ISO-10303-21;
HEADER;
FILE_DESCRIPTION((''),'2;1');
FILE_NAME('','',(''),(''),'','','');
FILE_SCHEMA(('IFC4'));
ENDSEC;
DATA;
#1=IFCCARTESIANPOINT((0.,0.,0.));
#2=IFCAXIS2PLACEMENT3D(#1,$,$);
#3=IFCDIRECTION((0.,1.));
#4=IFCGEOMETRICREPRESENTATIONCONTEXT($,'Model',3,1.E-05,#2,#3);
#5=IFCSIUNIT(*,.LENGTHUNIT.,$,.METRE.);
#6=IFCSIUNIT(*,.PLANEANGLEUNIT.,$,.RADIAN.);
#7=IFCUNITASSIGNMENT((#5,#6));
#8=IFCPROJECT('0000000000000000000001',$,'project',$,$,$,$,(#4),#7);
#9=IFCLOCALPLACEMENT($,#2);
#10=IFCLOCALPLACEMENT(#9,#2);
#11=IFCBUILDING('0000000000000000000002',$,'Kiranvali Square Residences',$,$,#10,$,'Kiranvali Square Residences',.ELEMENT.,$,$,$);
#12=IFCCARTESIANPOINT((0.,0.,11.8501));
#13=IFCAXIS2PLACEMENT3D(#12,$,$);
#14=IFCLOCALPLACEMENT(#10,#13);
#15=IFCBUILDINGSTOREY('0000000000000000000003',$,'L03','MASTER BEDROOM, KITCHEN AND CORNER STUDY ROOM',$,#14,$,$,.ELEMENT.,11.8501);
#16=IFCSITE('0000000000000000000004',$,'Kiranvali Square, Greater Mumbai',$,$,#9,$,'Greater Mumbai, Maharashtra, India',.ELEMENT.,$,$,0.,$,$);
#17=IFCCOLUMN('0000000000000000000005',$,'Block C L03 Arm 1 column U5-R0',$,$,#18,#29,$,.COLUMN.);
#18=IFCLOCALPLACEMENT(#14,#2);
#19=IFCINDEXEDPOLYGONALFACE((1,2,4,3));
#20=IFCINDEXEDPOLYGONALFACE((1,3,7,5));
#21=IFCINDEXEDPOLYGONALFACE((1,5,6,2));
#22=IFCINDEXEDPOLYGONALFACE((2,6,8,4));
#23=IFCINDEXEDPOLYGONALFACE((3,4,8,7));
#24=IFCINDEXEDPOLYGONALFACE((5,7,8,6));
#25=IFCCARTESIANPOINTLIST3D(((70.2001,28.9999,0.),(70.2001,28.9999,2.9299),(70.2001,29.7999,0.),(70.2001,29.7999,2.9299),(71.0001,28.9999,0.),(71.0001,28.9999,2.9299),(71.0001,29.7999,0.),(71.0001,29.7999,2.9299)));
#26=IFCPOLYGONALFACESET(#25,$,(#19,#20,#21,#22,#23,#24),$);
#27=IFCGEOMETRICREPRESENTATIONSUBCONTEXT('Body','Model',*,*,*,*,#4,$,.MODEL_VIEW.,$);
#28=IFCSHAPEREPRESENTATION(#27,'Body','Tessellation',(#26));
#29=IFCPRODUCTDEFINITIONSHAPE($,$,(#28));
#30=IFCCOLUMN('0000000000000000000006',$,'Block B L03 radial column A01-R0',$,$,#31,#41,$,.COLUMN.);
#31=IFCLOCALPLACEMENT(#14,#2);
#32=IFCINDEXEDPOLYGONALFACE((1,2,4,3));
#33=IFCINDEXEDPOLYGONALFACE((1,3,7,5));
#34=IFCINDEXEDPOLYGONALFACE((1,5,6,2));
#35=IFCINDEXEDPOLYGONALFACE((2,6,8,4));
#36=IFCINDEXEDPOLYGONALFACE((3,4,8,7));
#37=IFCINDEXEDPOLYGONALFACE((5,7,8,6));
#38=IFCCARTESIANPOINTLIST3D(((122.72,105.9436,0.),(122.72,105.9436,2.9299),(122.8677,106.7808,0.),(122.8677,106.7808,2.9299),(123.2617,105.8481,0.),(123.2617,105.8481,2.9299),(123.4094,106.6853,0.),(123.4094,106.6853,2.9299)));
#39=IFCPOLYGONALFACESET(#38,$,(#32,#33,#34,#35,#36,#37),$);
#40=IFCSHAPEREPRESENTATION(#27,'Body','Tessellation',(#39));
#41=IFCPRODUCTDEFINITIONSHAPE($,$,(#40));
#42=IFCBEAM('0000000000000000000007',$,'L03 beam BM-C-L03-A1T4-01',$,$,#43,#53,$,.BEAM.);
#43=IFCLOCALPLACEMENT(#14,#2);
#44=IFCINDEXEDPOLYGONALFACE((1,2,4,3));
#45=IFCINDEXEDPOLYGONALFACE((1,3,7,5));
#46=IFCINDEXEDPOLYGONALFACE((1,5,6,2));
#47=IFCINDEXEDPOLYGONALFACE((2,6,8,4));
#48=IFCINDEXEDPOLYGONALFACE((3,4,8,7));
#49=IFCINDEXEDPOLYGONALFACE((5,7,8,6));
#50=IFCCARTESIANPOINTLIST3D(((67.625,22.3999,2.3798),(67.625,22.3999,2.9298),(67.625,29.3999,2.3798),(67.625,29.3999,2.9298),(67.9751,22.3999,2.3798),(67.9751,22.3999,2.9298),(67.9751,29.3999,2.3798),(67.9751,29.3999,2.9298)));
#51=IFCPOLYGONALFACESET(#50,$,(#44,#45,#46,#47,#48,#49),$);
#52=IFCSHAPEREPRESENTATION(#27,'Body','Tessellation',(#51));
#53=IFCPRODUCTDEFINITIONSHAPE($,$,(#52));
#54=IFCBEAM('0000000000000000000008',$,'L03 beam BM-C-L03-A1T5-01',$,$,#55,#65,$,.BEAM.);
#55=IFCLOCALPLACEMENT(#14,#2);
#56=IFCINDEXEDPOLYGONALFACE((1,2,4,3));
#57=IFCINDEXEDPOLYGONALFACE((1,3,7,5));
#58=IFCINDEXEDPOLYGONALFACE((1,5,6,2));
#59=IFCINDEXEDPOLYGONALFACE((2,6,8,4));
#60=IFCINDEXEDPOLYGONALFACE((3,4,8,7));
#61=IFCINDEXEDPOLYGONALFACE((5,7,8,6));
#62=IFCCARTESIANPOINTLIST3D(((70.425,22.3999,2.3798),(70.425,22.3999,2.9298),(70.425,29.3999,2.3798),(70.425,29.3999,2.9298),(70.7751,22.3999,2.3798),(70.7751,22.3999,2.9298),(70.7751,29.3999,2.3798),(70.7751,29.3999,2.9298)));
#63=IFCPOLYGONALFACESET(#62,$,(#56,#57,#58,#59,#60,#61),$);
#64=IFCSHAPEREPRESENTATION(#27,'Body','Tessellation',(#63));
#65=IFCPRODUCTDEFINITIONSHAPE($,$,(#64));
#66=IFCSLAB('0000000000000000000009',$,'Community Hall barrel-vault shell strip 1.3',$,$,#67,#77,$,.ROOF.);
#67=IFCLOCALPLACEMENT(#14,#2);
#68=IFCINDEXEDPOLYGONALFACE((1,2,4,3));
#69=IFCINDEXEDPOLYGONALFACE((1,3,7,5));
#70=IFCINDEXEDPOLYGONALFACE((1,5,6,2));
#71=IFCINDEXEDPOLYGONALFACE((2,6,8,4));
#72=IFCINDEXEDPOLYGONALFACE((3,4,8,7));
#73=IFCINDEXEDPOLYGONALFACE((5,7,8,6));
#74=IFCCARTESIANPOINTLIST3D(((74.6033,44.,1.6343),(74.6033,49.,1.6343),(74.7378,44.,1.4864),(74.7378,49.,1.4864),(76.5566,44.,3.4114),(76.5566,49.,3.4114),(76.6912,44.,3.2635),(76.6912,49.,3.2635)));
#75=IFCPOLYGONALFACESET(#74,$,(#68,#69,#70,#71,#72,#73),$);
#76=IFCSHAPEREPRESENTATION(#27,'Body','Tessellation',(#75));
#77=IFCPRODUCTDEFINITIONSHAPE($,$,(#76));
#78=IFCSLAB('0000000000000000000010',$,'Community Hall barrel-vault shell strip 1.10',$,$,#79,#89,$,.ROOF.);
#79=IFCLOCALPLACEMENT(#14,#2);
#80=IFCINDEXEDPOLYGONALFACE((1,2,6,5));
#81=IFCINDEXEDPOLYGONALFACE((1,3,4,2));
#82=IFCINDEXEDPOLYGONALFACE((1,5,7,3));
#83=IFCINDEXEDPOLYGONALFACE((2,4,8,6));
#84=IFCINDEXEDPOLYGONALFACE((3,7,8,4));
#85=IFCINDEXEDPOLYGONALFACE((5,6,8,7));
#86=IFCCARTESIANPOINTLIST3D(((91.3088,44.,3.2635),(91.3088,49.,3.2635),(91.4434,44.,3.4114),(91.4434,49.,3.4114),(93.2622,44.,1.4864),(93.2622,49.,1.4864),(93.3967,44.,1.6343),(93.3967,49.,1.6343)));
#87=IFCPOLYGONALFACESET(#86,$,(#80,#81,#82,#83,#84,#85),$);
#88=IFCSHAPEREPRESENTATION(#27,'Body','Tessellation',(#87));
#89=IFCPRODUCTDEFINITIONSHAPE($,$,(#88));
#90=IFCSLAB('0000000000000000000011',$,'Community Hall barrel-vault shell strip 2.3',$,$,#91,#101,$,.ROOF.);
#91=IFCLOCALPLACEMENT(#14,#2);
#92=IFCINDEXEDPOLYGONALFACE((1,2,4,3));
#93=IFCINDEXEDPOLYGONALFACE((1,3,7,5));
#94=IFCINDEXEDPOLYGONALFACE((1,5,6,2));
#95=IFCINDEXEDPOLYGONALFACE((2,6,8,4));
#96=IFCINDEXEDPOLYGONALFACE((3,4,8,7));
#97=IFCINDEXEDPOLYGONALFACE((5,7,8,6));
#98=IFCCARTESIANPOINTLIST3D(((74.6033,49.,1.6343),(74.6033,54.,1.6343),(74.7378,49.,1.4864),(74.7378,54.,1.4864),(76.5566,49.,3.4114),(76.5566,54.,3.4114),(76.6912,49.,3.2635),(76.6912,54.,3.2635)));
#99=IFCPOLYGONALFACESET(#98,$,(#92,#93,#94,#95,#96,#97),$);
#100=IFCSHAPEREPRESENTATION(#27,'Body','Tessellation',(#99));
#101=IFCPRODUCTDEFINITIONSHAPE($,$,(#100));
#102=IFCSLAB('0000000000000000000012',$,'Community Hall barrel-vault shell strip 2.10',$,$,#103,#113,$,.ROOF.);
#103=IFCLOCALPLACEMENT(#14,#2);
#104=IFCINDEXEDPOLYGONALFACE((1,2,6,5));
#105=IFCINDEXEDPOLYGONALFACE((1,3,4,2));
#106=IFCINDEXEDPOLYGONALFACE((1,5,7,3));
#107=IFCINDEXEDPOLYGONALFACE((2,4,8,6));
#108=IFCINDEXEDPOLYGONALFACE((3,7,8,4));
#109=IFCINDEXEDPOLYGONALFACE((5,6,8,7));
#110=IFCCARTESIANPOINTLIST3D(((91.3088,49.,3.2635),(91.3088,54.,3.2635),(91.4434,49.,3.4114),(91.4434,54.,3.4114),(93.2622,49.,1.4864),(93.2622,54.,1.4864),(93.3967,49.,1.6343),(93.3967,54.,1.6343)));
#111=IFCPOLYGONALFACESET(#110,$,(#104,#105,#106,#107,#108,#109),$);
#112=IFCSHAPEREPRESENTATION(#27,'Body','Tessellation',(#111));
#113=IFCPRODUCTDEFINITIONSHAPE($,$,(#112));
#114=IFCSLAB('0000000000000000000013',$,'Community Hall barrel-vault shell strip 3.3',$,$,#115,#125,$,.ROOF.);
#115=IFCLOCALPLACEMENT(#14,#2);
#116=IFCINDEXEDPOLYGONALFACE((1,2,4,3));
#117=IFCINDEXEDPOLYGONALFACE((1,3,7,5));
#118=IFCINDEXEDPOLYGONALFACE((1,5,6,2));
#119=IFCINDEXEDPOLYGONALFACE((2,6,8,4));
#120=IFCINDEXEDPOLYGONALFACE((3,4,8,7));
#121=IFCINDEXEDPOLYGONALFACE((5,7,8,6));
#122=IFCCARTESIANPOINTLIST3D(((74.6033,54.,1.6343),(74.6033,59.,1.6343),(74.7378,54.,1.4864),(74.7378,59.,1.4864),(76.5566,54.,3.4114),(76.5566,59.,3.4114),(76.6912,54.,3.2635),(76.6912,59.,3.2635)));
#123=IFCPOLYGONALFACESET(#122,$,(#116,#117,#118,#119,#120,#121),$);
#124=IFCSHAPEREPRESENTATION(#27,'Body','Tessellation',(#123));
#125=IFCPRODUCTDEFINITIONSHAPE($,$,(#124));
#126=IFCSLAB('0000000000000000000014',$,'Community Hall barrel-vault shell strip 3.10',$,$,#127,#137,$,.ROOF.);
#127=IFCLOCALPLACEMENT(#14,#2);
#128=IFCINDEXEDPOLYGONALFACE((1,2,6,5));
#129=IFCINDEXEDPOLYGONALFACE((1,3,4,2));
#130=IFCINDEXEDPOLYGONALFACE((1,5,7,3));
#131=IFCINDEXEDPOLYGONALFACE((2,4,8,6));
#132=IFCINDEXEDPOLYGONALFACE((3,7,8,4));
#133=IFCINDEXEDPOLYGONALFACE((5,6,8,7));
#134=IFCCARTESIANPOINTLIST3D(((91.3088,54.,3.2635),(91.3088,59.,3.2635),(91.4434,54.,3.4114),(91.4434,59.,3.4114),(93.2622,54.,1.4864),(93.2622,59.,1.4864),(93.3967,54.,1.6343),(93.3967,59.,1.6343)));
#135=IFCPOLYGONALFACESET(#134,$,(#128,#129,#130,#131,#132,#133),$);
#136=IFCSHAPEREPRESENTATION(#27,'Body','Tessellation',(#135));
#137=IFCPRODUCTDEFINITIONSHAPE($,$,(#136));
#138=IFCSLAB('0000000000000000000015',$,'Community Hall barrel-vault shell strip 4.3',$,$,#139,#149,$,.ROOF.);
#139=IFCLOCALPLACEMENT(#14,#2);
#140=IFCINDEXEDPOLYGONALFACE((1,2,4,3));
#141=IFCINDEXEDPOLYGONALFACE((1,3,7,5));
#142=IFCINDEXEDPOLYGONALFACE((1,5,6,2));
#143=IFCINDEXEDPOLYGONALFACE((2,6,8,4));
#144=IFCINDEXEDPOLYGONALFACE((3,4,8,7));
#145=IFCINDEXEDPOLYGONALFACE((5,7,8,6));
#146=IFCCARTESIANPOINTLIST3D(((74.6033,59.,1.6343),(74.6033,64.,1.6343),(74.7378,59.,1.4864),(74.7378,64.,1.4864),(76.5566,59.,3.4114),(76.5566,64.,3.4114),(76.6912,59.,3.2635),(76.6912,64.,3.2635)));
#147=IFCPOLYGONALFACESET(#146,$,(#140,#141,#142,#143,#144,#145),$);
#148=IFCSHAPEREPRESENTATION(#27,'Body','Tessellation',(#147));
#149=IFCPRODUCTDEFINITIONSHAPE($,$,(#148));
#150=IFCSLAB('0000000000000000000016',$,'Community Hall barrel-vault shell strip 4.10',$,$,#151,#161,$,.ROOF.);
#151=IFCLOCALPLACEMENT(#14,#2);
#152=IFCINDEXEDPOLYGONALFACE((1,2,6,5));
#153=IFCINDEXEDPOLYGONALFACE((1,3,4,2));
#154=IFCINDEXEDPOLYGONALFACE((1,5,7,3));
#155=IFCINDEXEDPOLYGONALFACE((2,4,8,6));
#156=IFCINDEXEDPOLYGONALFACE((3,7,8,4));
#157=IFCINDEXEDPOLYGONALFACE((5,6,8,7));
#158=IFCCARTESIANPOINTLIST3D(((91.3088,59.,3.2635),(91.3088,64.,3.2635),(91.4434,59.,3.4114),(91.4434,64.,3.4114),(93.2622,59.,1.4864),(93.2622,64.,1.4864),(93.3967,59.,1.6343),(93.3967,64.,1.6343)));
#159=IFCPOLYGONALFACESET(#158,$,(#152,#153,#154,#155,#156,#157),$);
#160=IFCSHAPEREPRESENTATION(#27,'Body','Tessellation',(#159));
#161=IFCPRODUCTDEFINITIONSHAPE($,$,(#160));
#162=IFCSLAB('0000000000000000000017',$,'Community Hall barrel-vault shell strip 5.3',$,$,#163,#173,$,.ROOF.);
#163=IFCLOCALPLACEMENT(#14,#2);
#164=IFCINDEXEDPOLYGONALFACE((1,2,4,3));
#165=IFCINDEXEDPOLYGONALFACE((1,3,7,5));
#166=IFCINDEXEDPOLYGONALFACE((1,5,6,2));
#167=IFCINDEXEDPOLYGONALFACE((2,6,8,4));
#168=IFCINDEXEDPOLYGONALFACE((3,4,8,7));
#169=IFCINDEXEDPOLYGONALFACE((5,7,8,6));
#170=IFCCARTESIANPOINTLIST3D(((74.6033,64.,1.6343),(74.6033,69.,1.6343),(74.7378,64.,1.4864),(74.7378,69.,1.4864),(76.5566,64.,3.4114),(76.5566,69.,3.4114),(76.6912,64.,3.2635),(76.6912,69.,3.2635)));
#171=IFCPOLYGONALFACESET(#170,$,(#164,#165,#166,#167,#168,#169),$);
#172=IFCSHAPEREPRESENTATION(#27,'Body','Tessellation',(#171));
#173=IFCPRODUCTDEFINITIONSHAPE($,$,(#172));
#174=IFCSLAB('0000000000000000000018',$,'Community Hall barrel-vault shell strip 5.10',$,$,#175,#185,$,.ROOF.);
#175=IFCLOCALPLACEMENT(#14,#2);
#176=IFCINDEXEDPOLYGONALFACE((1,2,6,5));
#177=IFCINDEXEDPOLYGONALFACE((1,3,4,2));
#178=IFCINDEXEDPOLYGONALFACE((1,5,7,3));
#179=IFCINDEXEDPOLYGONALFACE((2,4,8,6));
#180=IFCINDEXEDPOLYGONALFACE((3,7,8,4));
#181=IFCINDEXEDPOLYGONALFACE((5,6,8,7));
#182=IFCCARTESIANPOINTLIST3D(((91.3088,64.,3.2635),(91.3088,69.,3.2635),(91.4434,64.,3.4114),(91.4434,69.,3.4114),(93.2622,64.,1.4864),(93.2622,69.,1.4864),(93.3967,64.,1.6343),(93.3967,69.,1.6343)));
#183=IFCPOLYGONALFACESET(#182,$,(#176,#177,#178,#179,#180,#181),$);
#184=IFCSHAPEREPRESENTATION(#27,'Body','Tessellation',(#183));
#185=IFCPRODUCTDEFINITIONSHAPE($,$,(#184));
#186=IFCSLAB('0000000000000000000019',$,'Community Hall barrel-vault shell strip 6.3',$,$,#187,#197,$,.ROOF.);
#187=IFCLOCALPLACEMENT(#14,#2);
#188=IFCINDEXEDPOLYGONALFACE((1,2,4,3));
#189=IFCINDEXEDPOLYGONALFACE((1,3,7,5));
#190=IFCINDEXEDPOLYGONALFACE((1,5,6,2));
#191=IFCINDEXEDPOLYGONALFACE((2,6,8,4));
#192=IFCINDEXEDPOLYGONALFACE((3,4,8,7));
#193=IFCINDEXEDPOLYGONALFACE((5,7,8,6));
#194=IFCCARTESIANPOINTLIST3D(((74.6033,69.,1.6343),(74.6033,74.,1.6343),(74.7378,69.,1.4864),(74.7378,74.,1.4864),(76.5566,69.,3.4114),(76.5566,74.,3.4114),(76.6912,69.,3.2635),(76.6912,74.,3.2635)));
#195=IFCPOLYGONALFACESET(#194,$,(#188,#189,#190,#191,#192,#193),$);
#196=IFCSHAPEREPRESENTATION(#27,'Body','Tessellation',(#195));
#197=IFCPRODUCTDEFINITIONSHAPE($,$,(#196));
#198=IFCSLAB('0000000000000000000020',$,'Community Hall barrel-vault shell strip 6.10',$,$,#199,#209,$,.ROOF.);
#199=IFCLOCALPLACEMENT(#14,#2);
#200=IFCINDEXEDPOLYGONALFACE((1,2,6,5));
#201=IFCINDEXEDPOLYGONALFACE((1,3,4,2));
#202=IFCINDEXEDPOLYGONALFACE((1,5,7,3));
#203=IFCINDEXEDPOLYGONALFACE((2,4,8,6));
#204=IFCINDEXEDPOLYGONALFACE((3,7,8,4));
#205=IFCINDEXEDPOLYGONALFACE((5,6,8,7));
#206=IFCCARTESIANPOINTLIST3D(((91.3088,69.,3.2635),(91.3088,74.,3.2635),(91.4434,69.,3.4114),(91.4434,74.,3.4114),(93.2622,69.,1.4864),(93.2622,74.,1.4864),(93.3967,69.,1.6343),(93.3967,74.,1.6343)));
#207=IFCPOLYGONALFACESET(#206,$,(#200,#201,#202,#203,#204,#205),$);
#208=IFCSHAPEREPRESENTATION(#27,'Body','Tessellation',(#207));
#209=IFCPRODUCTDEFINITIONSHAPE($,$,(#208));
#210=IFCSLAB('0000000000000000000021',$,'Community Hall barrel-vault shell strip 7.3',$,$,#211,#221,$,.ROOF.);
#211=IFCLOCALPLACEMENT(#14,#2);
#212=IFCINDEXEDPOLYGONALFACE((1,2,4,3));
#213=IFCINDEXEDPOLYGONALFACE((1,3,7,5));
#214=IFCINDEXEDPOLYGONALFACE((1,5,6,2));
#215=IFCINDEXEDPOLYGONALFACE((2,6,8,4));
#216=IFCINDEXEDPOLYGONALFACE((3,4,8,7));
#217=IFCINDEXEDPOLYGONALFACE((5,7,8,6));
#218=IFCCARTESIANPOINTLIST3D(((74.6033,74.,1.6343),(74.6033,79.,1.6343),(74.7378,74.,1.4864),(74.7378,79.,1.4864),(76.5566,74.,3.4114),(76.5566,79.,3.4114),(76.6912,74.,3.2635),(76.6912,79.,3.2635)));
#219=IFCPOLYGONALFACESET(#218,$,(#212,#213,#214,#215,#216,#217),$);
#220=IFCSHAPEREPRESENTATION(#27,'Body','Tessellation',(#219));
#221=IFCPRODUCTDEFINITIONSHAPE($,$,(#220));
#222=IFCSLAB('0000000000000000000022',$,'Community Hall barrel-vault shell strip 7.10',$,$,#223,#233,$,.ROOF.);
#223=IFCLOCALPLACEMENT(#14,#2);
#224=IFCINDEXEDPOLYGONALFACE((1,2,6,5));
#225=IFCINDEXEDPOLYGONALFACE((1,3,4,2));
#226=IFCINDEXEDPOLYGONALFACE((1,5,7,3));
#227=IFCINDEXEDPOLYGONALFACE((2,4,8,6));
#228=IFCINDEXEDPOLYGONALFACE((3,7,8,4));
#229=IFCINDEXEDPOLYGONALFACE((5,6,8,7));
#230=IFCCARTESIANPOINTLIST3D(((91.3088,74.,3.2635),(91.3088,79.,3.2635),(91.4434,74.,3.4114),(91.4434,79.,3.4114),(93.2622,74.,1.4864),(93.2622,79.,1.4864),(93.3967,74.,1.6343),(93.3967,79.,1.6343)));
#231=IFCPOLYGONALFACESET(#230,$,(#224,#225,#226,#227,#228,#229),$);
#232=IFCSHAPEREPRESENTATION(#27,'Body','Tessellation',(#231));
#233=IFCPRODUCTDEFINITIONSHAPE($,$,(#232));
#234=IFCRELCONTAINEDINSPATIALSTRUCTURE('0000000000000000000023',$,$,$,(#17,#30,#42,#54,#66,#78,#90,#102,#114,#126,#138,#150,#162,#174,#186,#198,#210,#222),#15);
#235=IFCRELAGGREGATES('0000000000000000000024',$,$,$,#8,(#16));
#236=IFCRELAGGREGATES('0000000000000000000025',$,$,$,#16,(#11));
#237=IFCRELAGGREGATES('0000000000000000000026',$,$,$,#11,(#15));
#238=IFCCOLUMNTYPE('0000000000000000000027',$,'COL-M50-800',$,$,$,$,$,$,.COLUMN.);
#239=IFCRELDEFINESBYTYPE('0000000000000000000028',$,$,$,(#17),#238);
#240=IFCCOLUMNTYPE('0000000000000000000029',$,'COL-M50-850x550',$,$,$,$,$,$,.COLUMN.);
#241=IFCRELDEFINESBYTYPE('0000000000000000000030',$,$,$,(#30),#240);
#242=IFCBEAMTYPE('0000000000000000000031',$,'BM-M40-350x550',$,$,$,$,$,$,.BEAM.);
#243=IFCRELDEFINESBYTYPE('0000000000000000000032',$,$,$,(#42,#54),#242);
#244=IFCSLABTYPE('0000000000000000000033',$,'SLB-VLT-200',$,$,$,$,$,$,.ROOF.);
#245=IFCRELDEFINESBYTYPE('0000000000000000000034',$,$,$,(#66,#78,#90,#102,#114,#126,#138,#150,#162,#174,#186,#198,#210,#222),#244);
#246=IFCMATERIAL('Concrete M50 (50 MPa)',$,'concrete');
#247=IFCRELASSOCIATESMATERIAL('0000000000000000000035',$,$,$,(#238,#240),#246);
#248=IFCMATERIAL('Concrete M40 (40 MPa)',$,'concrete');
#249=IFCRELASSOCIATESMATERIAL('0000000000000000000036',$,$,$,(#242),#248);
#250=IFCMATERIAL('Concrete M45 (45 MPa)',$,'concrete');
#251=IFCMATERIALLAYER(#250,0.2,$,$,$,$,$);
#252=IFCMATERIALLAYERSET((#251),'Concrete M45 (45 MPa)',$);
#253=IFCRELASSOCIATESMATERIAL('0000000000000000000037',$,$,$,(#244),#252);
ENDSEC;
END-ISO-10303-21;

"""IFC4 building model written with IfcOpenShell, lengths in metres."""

from ifc_helpers import new_model, si_unit, direction, frame, origin, origin_2d, place, context, subcontext, project, spatial, polyline, rectangle, outline, extrude, material, layer, layer_set, material_profile, profile_set, type_object, element, save


model = new_model("IFC4")

# Units and contexts
model_context = context("Model", 3, precision=1e-05, world=origin(), true_north=direction((0.0, 1.0)))
body_context = subcontext(model_context, "Body", "Model", "MODEL_VIEW")
ifc_project = project(units=[si_unit("LENGTHUNIT", "METRE"), si_unit("PLANEANGLEUNIT", "RADIAN")], contexts=[model_context])

# Site, building, storey
site_placement = place(None, origin())
site = spatial("IfcSite", under=ifc_project, at=site_placement, Name="Kiranvali Square, Greater Mumbai", LongName="Greater Mumbai, Maharashtra, India", CompositionType="ELEMENT", RefElevation=0.0)
building_placement = place(site_placement, origin())
building = spatial("IfcBuilding", under=site, at=building_placement, Name="Kiranvali Square Residences", LongName="Kiranvali Square Residences", CompositionType="ELEMENT")
storey_placement = place(building_placement, frame((0.0, 0.0, 11.8501)))
storey = spatial("IfcBuildingStorey", under=building, at=storey_placement, Name="L03", Description="MASTER BEDROOM, KITCHEN AND CORNER STUDY ROOM", CompositionType="ELEMENT", Elevation=11.8501)

# Columns
ifc_material_1 = material(Name="Concrete M50 (50 MPa)", Category="concrete")
ifc_material_profile_1 = material_profile(ifc_material_1, rectangle(XDim=0.8, YDim=0.8, at=origin_2d()), Name="RC 800x800")
ifc_profile_set_1 = profile_set([ifc_material_profile_1], Name="Concrete M50 (50 MPa)")
column_type_1 = type_object("IfcColumnType", Name="COL-M50-800", PredefinedType="COLUMN", material=ifc_profile_set_1)
column_1_placement = place(storey_placement, frame((70.6001, 29.3999, 0.0), z_axis=(0.0, 0.0, 1.0), x_axis=(1.0, 0.0, 0.0)))
element("IfcColumn", 1, at=column_1_placement, inside=storey, type_object=column_type_1, Name="Block C L03 Arm 1 column U5-R0", PredefinedType="COLUMN", context=body_context, shape_type="SweptSolid", body=[
    extrude(rectangle(XDim=0.8, YDim=0.8, at=origin_2d()), origin(), (0.0, 0.0, 1.0), 2.9299),
])
ifc_material_profile_2 = material_profile(ifc_material_1, rectangle(XDim=0.55, YDim=0.8501, at=origin_2d()), Name="RC 850x550")
ifc_profile_set_2 = profile_set([ifc_material_profile_2], Name="Concrete M50 (50 MPa)")
column_type_2 = type_object("IfcColumnType", Name="COL-M50-850x550", PredefinedType="COLUMN", material=ifc_profile_set_2)
column_2_placement = place(storey_placement, frame((123.0647, 106.3145, 0.0), z_axis=(0.0, 0.0, 1.0), x_axis=(-0.984808, 0.173648, 0.0)))
element("IfcColumn", 2, at=column_2_placement, inside=storey, type_object=column_type_2, Name="Block B L03 radial column A01-R0", PredefinedType="COLUMN", context=body_context, shape_type="SweptSolid", body=[
    extrude(rectangle(XDim=0.55, YDim=0.8501, at=origin_2d()), origin(), (0.0, 0.0, 1.0), 2.9299),
])

# Beams
ifc_material_2 = material(Name="Concrete M40 (40 MPa)", Category="concrete")
ifc_material_profile_3 = material_profile(ifc_material_2, rectangle(XDim=0.3501, YDim=0.55, at=origin_2d()), Name="RC 350x550")
ifc_profile_set_3 = profile_set([ifc_material_profile_3], Name="Concrete M40 (40 MPa)")
beam_type = type_object("IfcBeamType", Name="BM-M40-350x550", PredefinedType="BEAM", material=ifc_profile_set_3)
for number, where, z_axis, x_axis, name in (
    (3, (67.8, 29.3999, 2.6548), (0.0, -1.0, 0.0), (1.0, 0.0, 0.0), "L03 beam BM-C-L03-A1T4-01"),
    (4, (70.6001, 29.3999, 2.6548), (0.0, -1.0, 0.0), (1.0, 0.0, 0.0), "L03 beam BM-C-L03-A1T5-01"),
):
    element("IfcBeam", number, at=place(storey_placement, frame(where, z_axis=z_axis, x_axis=x_axis)), inside=storey, type_object=beam_type, Name=name, PredefinedType="BEAM", context=body_context, shape_type="SweptSolid", body=[
        extrude(rectangle(XDim=0.3501, YDim=0.55, at=origin_2d()), origin(), (0.0, 0.0, 1.0), 7.0),
    ])

# Slabs
ifc_material_3 = material(Name="Concrete M45 (45 MPa)", Category="concrete")
ifc_layer = layer(ifc_material_3, 0.2)
ifc_layer_set = layer_set([ifc_layer], Name="Concrete M45 (45 MPa)")
slab_type = type_object("IfcSlabType", Name="SLB-VLT-200", PredefinedType="ROOF", material=ifc_layer_set)
for number, where, z_axis, x_axis, name in (
    (5, (74.6033, 44.0, 1.6343), (-0.672944, 0.0, 0.739693), (0.739693, 0.0, 0.672944), "Community Hall barrel-vault shell strip 1.3"),
    (6, (91.4434, 44.0, 3.4114), (0.672944, 0.0, 0.739693), (0.739693, 0.0, -0.672944), "Community Hall barrel-vault shell strip 1.10"),
    (7, (74.6033, 49.0, 1.6343), (-0.672944, 0.0, 0.739693), (0.739693, 0.0, 0.672944), "Community Hall barrel-vault shell strip 2.3"),
    (8, (91.4434, 49.0, 3.4114), (0.672944, 0.0, 0.739693), (0.739693, 0.0, -0.672944), "Community Hall barrel-vault shell strip 2.10"),
    (9, (74.6033, 54.0, 1.6343), (-0.672944, 0.0, 0.739693), (0.739693, 0.0, 0.672944), "Community Hall barrel-vault shell strip 3.3"),
    (10, (91.4434, 54.0, 3.4114), (0.672944, 0.0, 0.739693), (0.739693, 0.0, -0.672944), "Community Hall barrel-vault shell strip 3.10"),
    (11, (74.6033, 59.0, 1.6343), (-0.672944, 0.0, 0.739693), (0.739693, 0.0, 0.672944), "Community Hall barrel-vault shell strip 4.3"),
    (12, (91.4434, 59.0, 3.4114), (0.672944, 0.0, 0.739693), (0.739693, 0.0, -0.672944), "Community Hall barrel-vault shell strip 4.10"),
    (13, (74.6033, 64.0, 1.6343), (-0.672944, 0.0, 0.739693), (0.739693, 0.0, 0.672944), "Community Hall barrel-vault shell strip 5.3"),
    (14, (91.4434, 64.0, 3.4114), (0.672944, 0.0, 0.739693), (0.739693, 0.0, -0.672944), "Community Hall barrel-vault shell strip 5.10"),
    (15, (74.6033, 69.0, 1.6343), (-0.672944, 0.0, 0.739693), (0.739693, 0.0, 0.672944), "Community Hall barrel-vault shell strip 6.3"),
    (16, (91.4434, 69.0, 3.4114), (0.672944, 0.0, 0.739693), (0.739693, 0.0, -0.672944), "Community Hall barrel-vault shell strip 6.10"),
    (17, (74.6033, 74.0, 1.6343), (-0.672944, 0.0, 0.739693), (0.739693, 0.0, 0.672944), "Community Hall barrel-vault shell strip 7.3"),
    (18, (91.4434, 74.0, 3.4114), (0.672944, 0.0, 0.739693), (0.739693, 0.0, -0.672944), "Community Hall barrel-vault shell strip 7.10"),
):
    element("IfcSlab", number, at=place(storey_placement, frame(where, z_axis=z_axis, x_axis=x_axis)), inside=storey, type_object=slab_type, Name=name, PredefinedType="ROOF", context=body_context, shape_type="SweptSolid", body=[
        extrude(outline(polyline([(0.0, 0.0), (2.6408, 0.0), (2.6408, 5.0), (0.0, 5.0), (0.0, 0.0)])), origin(), (0.0, 0.0, -1.0), 0.2),
    ])

save(model, "model.ifc")
